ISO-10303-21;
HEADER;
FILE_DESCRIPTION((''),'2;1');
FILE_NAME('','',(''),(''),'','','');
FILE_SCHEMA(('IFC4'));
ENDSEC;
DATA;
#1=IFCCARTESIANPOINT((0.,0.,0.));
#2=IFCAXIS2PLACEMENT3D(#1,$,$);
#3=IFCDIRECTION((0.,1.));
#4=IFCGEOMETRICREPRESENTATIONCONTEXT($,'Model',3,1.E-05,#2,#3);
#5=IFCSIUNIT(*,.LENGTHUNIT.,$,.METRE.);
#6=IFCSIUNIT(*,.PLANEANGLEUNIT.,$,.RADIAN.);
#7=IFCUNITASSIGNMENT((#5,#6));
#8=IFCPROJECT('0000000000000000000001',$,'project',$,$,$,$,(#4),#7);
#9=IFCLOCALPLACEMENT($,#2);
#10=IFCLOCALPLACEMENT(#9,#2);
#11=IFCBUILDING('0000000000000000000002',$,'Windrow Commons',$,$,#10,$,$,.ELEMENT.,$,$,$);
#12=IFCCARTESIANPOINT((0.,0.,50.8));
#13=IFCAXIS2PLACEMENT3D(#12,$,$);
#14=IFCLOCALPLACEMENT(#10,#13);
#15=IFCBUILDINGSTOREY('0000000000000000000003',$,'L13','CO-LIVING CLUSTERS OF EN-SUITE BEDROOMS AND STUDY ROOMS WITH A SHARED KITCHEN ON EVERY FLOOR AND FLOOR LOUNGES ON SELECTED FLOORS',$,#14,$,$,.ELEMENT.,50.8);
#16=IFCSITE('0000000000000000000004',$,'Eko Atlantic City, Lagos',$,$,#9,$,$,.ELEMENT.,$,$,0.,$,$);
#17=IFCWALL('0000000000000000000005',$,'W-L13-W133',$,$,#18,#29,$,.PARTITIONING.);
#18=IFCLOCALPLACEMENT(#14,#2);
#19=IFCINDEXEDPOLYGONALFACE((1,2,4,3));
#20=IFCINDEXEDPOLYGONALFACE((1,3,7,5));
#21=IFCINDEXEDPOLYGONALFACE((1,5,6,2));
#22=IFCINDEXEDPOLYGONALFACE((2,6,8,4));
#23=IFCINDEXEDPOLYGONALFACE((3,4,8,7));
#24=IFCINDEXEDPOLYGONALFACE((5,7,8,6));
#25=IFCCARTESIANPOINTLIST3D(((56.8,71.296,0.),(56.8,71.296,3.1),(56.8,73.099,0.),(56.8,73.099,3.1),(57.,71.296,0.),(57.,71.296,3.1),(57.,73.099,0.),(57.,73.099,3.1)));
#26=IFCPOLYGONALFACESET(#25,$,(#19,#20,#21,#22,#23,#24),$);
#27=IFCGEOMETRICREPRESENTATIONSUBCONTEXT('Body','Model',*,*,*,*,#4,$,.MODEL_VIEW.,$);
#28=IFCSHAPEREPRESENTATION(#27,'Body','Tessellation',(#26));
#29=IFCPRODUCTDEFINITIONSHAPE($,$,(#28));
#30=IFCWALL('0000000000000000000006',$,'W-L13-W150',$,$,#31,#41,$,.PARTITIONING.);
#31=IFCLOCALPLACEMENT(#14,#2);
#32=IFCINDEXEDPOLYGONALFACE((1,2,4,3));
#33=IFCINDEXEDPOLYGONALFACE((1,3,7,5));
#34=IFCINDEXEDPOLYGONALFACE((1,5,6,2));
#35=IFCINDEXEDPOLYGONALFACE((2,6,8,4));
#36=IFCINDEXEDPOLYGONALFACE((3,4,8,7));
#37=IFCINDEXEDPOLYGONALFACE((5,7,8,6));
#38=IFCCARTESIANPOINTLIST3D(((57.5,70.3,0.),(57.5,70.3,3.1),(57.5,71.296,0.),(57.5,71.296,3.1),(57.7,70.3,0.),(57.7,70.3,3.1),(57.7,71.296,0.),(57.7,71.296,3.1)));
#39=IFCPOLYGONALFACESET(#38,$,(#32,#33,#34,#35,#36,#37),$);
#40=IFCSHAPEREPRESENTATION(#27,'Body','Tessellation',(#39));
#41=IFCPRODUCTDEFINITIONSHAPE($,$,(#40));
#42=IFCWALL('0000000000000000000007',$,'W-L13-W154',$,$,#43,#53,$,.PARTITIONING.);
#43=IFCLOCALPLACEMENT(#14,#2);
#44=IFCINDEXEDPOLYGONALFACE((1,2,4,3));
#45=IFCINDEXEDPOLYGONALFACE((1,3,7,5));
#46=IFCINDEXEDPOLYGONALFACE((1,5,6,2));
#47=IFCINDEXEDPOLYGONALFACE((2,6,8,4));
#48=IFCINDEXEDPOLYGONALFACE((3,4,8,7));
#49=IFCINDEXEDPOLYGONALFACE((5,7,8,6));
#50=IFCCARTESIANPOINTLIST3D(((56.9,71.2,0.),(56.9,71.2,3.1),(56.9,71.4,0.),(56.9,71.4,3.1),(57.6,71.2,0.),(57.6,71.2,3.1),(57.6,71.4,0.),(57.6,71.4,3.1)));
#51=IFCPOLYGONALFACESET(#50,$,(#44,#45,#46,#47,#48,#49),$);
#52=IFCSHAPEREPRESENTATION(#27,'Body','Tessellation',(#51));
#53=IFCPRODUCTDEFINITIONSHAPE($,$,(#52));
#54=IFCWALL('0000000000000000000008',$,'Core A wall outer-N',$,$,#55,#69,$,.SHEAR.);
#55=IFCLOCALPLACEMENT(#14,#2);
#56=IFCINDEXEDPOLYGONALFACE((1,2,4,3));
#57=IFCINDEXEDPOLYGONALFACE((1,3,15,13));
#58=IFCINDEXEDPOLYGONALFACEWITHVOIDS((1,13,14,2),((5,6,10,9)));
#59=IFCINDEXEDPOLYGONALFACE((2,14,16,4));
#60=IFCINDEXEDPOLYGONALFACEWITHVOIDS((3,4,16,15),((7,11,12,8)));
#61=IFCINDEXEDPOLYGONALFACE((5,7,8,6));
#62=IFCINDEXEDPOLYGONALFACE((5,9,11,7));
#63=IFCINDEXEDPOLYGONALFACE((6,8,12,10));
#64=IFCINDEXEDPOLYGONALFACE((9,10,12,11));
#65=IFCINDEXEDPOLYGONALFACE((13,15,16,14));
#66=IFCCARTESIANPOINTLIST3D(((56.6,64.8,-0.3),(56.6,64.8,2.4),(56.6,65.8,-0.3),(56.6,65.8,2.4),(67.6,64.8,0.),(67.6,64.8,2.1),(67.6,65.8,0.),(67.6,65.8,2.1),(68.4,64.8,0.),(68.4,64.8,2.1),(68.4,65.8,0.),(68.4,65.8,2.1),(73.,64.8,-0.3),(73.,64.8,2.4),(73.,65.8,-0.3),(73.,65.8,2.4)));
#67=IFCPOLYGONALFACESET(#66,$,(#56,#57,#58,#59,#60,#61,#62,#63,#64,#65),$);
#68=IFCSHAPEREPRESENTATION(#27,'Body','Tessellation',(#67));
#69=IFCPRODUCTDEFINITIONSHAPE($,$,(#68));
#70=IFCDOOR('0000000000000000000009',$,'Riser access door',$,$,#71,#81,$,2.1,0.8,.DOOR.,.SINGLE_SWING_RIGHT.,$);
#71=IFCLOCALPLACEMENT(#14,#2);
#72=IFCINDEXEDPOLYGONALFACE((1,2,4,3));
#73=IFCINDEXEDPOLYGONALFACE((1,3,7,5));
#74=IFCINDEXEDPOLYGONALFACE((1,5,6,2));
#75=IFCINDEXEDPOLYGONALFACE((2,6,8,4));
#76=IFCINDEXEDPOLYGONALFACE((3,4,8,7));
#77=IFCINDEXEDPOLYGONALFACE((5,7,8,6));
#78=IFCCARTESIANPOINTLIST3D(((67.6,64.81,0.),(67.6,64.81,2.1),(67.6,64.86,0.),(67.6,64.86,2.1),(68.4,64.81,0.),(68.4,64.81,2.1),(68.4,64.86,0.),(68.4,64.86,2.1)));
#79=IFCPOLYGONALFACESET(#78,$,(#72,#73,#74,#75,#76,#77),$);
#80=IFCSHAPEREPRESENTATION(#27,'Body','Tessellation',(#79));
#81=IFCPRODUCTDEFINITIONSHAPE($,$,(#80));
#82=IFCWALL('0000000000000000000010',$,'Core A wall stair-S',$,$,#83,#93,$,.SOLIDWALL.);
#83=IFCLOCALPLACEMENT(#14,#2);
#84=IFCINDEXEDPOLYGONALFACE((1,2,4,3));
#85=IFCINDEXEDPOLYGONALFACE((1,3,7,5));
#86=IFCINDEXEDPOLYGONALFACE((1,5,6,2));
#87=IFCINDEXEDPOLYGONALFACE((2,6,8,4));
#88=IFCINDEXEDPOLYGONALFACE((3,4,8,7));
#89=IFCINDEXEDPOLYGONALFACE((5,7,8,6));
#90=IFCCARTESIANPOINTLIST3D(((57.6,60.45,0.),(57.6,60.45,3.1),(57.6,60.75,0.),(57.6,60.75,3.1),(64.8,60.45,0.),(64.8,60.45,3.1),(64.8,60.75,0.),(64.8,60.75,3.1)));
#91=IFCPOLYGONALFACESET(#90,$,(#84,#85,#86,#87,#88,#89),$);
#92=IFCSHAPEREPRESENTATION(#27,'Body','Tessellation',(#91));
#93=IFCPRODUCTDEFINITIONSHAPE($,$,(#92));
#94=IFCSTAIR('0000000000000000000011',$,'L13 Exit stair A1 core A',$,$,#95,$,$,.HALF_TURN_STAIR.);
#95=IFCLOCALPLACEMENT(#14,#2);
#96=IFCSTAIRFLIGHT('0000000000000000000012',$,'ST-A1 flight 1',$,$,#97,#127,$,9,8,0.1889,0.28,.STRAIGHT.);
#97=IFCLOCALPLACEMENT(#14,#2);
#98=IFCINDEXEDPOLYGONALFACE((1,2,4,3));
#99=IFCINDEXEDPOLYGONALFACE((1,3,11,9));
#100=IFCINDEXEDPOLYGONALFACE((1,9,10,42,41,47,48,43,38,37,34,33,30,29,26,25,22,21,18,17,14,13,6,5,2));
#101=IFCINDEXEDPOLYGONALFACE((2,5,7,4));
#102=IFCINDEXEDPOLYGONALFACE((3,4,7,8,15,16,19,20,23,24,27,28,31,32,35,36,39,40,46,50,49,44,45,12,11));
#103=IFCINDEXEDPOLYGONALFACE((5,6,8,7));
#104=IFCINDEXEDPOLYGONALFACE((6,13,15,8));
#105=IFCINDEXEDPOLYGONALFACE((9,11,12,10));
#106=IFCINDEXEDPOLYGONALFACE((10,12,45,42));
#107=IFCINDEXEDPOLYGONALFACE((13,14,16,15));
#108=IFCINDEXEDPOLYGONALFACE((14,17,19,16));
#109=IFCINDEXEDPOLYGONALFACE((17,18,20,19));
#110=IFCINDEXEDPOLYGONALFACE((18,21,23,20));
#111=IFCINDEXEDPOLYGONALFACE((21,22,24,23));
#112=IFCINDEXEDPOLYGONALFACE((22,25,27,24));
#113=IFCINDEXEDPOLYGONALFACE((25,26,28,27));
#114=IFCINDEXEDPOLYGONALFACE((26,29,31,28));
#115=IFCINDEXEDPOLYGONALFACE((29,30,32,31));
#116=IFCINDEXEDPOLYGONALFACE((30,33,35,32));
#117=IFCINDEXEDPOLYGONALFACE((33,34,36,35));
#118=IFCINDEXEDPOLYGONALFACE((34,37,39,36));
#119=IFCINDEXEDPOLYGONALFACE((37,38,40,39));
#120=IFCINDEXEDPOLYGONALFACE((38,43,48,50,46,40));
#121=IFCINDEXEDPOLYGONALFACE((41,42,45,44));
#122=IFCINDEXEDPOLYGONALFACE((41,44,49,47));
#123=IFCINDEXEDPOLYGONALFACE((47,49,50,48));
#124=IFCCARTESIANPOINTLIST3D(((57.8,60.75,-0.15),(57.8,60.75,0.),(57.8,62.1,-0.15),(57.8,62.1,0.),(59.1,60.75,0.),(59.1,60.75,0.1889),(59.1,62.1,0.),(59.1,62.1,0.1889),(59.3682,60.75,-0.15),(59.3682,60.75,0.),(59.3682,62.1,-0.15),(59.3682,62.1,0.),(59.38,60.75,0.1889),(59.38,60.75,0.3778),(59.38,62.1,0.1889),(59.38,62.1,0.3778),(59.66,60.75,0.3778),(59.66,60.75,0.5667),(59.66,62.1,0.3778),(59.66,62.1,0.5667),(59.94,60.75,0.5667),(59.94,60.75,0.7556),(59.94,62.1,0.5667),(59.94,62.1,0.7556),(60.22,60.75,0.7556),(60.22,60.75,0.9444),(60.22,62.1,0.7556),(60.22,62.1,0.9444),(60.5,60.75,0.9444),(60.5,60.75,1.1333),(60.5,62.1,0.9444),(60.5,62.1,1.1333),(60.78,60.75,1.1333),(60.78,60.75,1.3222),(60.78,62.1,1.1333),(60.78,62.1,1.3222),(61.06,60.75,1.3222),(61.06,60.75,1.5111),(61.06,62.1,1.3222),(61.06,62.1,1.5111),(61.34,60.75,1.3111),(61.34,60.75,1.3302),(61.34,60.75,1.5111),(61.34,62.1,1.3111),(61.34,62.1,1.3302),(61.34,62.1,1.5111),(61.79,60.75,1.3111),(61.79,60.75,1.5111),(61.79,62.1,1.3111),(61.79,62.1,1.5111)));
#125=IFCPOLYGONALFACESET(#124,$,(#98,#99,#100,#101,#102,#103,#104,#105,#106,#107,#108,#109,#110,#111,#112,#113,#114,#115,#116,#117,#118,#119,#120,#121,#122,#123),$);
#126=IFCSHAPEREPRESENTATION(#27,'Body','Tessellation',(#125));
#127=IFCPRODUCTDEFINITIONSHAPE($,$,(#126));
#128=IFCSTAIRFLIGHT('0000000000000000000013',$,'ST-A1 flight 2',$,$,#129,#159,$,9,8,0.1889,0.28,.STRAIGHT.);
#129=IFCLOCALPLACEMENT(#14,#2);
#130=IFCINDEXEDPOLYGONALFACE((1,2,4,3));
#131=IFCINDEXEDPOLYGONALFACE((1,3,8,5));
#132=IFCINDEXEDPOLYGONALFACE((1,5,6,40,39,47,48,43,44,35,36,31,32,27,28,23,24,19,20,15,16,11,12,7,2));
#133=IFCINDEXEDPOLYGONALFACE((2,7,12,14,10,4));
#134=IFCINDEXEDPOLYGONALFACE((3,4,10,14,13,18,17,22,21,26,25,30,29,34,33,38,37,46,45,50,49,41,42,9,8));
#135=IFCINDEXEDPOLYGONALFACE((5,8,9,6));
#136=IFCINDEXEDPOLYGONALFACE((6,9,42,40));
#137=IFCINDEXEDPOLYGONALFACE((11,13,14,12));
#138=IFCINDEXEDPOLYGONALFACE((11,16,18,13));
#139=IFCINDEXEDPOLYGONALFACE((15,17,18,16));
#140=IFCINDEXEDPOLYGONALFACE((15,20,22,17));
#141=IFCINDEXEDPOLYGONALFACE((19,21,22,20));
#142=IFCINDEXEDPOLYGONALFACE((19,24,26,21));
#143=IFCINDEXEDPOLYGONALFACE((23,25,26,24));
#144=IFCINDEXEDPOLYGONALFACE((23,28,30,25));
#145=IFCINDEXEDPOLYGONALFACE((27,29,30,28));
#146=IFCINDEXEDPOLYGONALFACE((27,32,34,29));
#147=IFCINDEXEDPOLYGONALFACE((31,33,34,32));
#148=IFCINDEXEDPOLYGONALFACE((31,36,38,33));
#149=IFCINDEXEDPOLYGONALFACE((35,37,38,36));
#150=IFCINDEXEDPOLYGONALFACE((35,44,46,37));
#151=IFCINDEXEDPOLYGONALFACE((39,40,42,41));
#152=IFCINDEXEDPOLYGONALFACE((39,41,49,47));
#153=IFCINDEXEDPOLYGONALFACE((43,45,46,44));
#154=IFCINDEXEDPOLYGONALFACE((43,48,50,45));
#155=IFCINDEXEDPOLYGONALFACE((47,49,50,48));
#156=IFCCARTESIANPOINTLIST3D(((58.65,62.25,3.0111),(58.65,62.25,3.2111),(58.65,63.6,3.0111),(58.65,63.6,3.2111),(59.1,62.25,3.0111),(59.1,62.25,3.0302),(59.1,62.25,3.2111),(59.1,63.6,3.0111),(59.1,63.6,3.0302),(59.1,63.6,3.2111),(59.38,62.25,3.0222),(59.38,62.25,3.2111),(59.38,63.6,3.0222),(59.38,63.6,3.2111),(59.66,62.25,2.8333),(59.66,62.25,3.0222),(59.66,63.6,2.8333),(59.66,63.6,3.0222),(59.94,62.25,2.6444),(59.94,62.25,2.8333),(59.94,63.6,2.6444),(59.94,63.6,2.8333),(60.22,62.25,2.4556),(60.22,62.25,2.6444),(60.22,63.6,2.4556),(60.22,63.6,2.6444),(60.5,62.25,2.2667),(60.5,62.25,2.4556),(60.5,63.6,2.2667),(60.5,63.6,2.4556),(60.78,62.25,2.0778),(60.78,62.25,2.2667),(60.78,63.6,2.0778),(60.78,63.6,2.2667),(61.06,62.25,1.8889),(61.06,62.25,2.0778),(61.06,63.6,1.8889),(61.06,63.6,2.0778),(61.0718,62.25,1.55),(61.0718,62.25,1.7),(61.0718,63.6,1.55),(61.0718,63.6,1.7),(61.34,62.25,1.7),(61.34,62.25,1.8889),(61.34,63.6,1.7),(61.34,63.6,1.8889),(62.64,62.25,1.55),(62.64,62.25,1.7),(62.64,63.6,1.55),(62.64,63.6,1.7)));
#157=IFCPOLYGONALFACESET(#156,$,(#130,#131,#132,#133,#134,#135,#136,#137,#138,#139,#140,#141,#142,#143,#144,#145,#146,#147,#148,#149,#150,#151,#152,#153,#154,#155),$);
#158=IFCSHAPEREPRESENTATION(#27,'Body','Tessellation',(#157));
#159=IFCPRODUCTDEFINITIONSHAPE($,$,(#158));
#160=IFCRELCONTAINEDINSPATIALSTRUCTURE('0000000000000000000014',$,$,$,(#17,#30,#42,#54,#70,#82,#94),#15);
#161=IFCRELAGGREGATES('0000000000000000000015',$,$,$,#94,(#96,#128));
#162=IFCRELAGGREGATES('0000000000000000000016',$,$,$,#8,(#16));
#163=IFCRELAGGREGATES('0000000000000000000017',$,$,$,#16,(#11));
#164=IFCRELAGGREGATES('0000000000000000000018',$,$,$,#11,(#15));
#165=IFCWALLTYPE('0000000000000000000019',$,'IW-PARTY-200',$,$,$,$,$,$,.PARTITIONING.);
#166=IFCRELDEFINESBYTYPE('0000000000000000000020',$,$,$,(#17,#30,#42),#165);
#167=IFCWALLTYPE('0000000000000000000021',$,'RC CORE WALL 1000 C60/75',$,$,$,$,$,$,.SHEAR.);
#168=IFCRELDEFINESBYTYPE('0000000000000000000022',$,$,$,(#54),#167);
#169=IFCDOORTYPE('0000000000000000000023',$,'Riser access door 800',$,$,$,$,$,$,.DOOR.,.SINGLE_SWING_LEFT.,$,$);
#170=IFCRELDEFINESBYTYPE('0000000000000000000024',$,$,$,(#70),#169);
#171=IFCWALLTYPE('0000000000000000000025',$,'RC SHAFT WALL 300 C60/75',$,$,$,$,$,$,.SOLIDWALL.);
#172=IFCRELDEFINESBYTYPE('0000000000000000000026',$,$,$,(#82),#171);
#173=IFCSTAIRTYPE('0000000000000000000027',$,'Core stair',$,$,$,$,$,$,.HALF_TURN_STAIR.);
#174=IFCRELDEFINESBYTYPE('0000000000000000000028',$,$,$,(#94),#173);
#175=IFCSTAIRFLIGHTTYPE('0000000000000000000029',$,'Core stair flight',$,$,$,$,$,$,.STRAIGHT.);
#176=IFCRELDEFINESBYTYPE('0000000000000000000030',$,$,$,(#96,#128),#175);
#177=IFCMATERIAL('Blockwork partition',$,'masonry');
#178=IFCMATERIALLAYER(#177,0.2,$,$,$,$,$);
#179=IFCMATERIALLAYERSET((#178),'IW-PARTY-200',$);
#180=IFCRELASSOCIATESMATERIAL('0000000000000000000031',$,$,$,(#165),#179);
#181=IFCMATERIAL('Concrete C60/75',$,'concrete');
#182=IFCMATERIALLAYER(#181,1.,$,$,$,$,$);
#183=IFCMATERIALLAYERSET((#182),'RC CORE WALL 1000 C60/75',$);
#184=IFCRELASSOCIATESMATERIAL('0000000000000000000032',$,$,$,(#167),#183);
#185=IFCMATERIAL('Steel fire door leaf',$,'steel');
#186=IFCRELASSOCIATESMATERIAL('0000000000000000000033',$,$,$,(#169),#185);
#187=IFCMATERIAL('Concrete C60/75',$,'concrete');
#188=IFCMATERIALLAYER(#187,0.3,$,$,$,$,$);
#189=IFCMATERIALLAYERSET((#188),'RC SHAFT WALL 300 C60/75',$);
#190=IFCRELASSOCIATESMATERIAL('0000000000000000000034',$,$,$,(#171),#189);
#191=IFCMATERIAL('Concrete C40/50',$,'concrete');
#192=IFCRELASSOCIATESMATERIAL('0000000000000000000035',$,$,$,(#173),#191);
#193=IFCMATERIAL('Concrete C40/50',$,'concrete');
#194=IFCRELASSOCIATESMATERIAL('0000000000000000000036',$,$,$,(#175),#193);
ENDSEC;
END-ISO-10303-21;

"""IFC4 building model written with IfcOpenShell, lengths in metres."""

from ifc_helpers import new_model, si_unit, direction, frame, frame_2d, origin, place, context, subcontext, project, spatial, polyline, rectangle, outline, extrude, material, layer, layer_set, type_object, element, fill, aggregate, save


model = new_model("IFC4")

# Units and contexts
model_context = context("Model", 3, precision=1e-05, world=origin(), true_north=direction((0.0, 1.0)))
body_context = subcontext(model_context, "Body", "Model", "MODEL_VIEW")
ifc_project = project(units=[si_unit("LENGTHUNIT", "METRE"), si_unit("PLANEANGLEUNIT", "RADIAN")], contexts=[model_context])

# Site, building, storey
site_placement = place(None, origin())
site = spatial("IfcSite", under=ifc_project, at=site_placement, Name="Eko Atlantic City, Lagos", CompositionType="ELEMENT", RefElevation=0.0)
building_placement = place(site_placement, origin())
building = spatial("IfcBuilding", under=site, at=building_placement, Name="Windrow Commons", CompositionType="ELEMENT")
storey_placement = place(building_placement, frame((0.0, 0.0, 50.8)))
storey = spatial("IfcBuildingStorey", under=building, at=storey_placement, Name="L13", Description="CO-LIVING CLUSTERS OF EN-SUITE BEDROOMS AND STUDY ROOMS WITH A SHARED KITCHEN ON EVERY FLOOR AND FLOOR LOUNGES ON SELECTED FLOORS", CompositionType="ELEMENT", Elevation=50.8)

# Walls
ifc_material_1 = material(Name="Blockwork partition", Category="masonry")
ifc_layer_1 = layer(ifc_material_1, 0.2)
ifc_layer_set_1 = layer_set([ifc_layer_1], Name="IW-PARTY-200")
wall_type_1 = type_object("IfcWallType", Name="IW-PARTY-200", PredefinedType="PARTITIONING", material=ifc_layer_set_1)
wall_1_placement = place(storey_placement, frame((56.9, 71.296, 0.0), z_axis=(0.0, 0.0, 1.0), x_axis=(0.0, 1.0, 0.0)))
element("IfcWall", 1, at=wall_1_placement, inside=storey, type_object=wall_type_1, Name="W-L13-W133", PredefinedType="PARTITIONING", context=body_context, shape_type="SweptSolid", body=[
    extrude(rectangle(XDim=1.803, YDim=0.2, at=frame_2d((0.9015, 0.0))), origin(), (0.0, 0.0, 1.0), 3.1),
])
wall_2_placement = place(storey_placement, frame((57.6, 70.3, 0.0), z_axis=(0.0, 0.0, 1.0), x_axis=(0.0, 1.0, 0.0)))
element("IfcWall", 2, at=wall_2_placement, inside=storey, type_object=wall_type_1, Name="W-L13-W150", PredefinedType="PARTITIONING", context=body_context, shape_type="SweptSolid", body=[
    extrude(rectangle(XDim=0.996, YDim=0.2, at=frame_2d((0.498, 0.0))), origin(), (0.0, 0.0, 1.0), 3.1),
])
wall_3_placement = place(storey_placement, frame((56.9, 71.3, 0.0), z_axis=(0.0, 0.0, 1.0), x_axis=(1.0, 0.0, 0.0)))
element("IfcWall", 3, at=wall_3_placement, inside=storey, type_object=wall_type_1, Name="W-L13-W154", PredefinedType="PARTITIONING", context=body_context, shape_type="SweptSolid", body=[
    extrude(rectangle(XDim=0.7, YDim=0.2, at=frame_2d((0.35, 0.0))), origin(), (0.0, 0.0, 1.0), 3.1),
])

# Wall, opening, door
ifc_material_2 = material(Name="Concrete C60/75", Category="concrete")
ifc_layer_2 = layer(ifc_material_2, 1.0)
ifc_layer_set_2 = layer_set([ifc_layer_2], Name="RC CORE WALL 1000 C60/75")
wall_type_2 = type_object("IfcWallType", Name="RC CORE WALL 1000 C60/75", PredefinedType="SHEAR", material=ifc_layer_set_2)
wall_4_placement = place(storey_placement, frame((56.6, 65.3, -0.3), z_axis=(0.0, 0.0, 1.0), x_axis=(1.0, 0.0, 0.0)))
wall_4 = element("IfcWall", 4, at=wall_4_placement, inside=storey, type_object=wall_type_2, Name="Core A wall outer-N", PredefinedType="SHEAR", context=body_context, shape_type="SweptSolid", body=[
    extrude(rectangle(XDim=16.4, YDim=1.0, at=frame_2d((8.2, 0.0))), origin(), (0.0, 0.0, 1.0), 2.7),
])
opening_1_placement = place(wall_4_placement, frame((11.0, 0.0, 0.3)))
opening_1 = element("IfcOpeningElement", 5, at=opening_1_placement, cuts=wall_4, PredefinedType="OPENING", context=body_context, shape_type="SweptSolid", body=[
    extrude(rectangle(XDim=0.8, YDim=2.1, at=frame_2d((0.4, 1.05))), frame((0.0, 0.51, 0.0), z_axis=(0.0, -1.0, 0.0), x_axis=(1.0, 0.0, 0.0)), (0.0, 0.0, 1.0), 1.02),
])
ifc_material_3 = material(Name="Steel fire door leaf", Category="steel")
door_type_1 = type_object("IfcDoorType", Name="Riser access door 800", OperationType="SINGLE_SWING_LEFT", PredefinedType="DOOR", material=ifc_material_3)
door_1_placement = place(opening_1_placement, origin())
door_1 = element("IfcDoor", 6, at=door_1_placement, inside=storey, type_object=door_type_1, Name="Riser access door", OperationType="SINGLE_SWING_RIGHT", OverallHeight=2.1, OverallWidth=0.8, PredefinedType="DOOR", context=body_context, shape_type="SweptSolid", body=[
    extrude(rectangle(XDim=0.8, YDim=2.1, at=frame_2d((0.4, 1.05))), frame((0.0, -0.44, 0.0), z_axis=(0.0, -1.0, 0.0), x_axis=(1.0, 0.0, 0.0)), (0.0, 0.0, 1.0), 0.05),
])
fill(opening_1, door_1)

# Wall
ifc_material_4 = material(Name="Concrete C60/75", Category="concrete")
ifc_layer_3 = layer(ifc_material_4, 0.3)
ifc_layer_set_3 = layer_set([ifc_layer_3], Name="RC SHAFT WALL 300 C60/75")
wall_type_3 = type_object("IfcWallType", Name="RC SHAFT WALL 300 C60/75", PredefinedType="SOLIDWALL", material=ifc_layer_set_3)
wall_5_placement = place(storey_placement, frame((57.6, 60.6, 0.0), z_axis=(0.0, 0.0, 1.0), x_axis=(1.0, 0.0, 0.0)))
element("IfcWall", 7, at=wall_5_placement, inside=storey, type_object=wall_type_3, Name="Core A wall stair-S", PredefinedType="SOLIDWALL", context=body_context, shape_type="SweptSolid", body=[
    extrude(rectangle(XDim=7.2, YDim=0.3, at=frame_2d((3.6, 0.0))), origin(), (0.0, 0.0, 1.0), 3.1),
])

# Stair, stair flights
ifc_material_5 = material(Name="Concrete C40/50", Category="concrete")
stair_type = type_object("IfcStairType", Name="Core stair", PredefinedType="HALF_TURN_STAIR", material=ifc_material_5)
stair_placement = place(storey_placement, origin())
stair = element("IfcStair", 8, at=stair_placement, inside=storey, type_object=stair_type, Name="L13 Exit stair A1 core A", PredefinedType="HALF_TURN_STAIR")
ifc_material_6 = material(Name="Concrete C40/50", Category="concrete")
stair_flight_type = type_object("IfcStairFlightType", Name="Core stair flight", PredefinedType="STRAIGHT", material=ifc_material_6)
stair_flight_1_placement = place(storey_placement, frame((59.1, 61.425, 0.0), z_axis=(0.0, 0.0, 1.0), x_axis=(1.0, 0.0, 0.0)))
stair_flight_1 = element("IfcStairFlight", 9, at=stair_flight_1_placement, type_object=stair_flight_type, Name="ST-A1 flight 1", NumberOfRisers=9, NumberOfTreads=8, PredefinedType="STRAIGHT", RiserHeight=0.1889, TreadLength=0.28, context=body_context, shape_type="SweptSolid", body=[
    extrude(outline(polyline([(-1.3, -0.15), (-1.3, 0.0), (0.0, 0.0), (0.0, 0.1889), (0.28, 0.1889), (0.28, 0.3778), (0.56, 0.3778), (0.56, 0.5667), (0.84, 0.5667), (0.84, 0.7556), (1.12, 0.7556), (1.12, 0.9444), (1.4, 0.9444), (1.4, 1.1333), (1.68, 1.1333), (1.68, 1.3222), (1.96, 1.3222), (1.96, 1.5111), (2.24, 1.5111), (2.69, 1.5111), (2.69, 1.3111), (2.24, 1.3111), (2.24, 1.3302), (0.2682, 0.0), (0.2682, -0.15), (-1.3, -0.15)])), frame((0.0, 0.675, 0.0), z_axis=(0.0, -1.0, 0.0), x_axis=(1.0, 0.0, 0.0)), (0.0, 0.0, 1.0), 1.35),
])
stair_flight_2_placement = place(storey_placement, frame((61.34, 62.925, 1.7), z_axis=(0.0, 0.0, 1.0), x_axis=(-1.0, 0.0, 0.0)))
stair_flight_2 = element("IfcStairFlight", 10, at=stair_flight_2_placement, type_object=stair_flight_type, Name="ST-A1 flight 2", NumberOfRisers=9, NumberOfTreads=8, PredefinedType="STRAIGHT", RiserHeight=0.1889, TreadLength=0.28, context=body_context, shape_type="SweptSolid", body=[
    extrude(outline(polyline([(-1.3, -0.15), (-1.3, 0.0), (0.0, 0.0), (0.0, 0.1889), (0.28, 0.1889), (0.28, 0.3778), (0.56, 0.3778), (0.56, 0.5667), (0.84, 0.5667), (0.84, 0.7556), (1.12, 0.7556), (1.12, 0.9444), (1.4, 0.9444), (1.4, 1.1333), (1.68, 1.1333), (1.68, 1.3222), (1.96, 1.3222), (1.96, 1.5111), (2.24, 1.5111), (2.69, 1.5111), (2.69, 1.3111), (2.24, 1.3111), (2.24, 1.3302), (0.2682, 0.0), (0.2682, -0.15), (-1.3, -0.15)])), frame((0.0, 0.675, 0.0), z_axis=(0.0, -1.0, 0.0), x_axis=(1.0, 0.0, 0.0)), (0.0, 0.0, 1.0), 1.35),
])
aggregate(stair, [stair_flight_1, stair_flight_2])

save(model, "model.ifc")
